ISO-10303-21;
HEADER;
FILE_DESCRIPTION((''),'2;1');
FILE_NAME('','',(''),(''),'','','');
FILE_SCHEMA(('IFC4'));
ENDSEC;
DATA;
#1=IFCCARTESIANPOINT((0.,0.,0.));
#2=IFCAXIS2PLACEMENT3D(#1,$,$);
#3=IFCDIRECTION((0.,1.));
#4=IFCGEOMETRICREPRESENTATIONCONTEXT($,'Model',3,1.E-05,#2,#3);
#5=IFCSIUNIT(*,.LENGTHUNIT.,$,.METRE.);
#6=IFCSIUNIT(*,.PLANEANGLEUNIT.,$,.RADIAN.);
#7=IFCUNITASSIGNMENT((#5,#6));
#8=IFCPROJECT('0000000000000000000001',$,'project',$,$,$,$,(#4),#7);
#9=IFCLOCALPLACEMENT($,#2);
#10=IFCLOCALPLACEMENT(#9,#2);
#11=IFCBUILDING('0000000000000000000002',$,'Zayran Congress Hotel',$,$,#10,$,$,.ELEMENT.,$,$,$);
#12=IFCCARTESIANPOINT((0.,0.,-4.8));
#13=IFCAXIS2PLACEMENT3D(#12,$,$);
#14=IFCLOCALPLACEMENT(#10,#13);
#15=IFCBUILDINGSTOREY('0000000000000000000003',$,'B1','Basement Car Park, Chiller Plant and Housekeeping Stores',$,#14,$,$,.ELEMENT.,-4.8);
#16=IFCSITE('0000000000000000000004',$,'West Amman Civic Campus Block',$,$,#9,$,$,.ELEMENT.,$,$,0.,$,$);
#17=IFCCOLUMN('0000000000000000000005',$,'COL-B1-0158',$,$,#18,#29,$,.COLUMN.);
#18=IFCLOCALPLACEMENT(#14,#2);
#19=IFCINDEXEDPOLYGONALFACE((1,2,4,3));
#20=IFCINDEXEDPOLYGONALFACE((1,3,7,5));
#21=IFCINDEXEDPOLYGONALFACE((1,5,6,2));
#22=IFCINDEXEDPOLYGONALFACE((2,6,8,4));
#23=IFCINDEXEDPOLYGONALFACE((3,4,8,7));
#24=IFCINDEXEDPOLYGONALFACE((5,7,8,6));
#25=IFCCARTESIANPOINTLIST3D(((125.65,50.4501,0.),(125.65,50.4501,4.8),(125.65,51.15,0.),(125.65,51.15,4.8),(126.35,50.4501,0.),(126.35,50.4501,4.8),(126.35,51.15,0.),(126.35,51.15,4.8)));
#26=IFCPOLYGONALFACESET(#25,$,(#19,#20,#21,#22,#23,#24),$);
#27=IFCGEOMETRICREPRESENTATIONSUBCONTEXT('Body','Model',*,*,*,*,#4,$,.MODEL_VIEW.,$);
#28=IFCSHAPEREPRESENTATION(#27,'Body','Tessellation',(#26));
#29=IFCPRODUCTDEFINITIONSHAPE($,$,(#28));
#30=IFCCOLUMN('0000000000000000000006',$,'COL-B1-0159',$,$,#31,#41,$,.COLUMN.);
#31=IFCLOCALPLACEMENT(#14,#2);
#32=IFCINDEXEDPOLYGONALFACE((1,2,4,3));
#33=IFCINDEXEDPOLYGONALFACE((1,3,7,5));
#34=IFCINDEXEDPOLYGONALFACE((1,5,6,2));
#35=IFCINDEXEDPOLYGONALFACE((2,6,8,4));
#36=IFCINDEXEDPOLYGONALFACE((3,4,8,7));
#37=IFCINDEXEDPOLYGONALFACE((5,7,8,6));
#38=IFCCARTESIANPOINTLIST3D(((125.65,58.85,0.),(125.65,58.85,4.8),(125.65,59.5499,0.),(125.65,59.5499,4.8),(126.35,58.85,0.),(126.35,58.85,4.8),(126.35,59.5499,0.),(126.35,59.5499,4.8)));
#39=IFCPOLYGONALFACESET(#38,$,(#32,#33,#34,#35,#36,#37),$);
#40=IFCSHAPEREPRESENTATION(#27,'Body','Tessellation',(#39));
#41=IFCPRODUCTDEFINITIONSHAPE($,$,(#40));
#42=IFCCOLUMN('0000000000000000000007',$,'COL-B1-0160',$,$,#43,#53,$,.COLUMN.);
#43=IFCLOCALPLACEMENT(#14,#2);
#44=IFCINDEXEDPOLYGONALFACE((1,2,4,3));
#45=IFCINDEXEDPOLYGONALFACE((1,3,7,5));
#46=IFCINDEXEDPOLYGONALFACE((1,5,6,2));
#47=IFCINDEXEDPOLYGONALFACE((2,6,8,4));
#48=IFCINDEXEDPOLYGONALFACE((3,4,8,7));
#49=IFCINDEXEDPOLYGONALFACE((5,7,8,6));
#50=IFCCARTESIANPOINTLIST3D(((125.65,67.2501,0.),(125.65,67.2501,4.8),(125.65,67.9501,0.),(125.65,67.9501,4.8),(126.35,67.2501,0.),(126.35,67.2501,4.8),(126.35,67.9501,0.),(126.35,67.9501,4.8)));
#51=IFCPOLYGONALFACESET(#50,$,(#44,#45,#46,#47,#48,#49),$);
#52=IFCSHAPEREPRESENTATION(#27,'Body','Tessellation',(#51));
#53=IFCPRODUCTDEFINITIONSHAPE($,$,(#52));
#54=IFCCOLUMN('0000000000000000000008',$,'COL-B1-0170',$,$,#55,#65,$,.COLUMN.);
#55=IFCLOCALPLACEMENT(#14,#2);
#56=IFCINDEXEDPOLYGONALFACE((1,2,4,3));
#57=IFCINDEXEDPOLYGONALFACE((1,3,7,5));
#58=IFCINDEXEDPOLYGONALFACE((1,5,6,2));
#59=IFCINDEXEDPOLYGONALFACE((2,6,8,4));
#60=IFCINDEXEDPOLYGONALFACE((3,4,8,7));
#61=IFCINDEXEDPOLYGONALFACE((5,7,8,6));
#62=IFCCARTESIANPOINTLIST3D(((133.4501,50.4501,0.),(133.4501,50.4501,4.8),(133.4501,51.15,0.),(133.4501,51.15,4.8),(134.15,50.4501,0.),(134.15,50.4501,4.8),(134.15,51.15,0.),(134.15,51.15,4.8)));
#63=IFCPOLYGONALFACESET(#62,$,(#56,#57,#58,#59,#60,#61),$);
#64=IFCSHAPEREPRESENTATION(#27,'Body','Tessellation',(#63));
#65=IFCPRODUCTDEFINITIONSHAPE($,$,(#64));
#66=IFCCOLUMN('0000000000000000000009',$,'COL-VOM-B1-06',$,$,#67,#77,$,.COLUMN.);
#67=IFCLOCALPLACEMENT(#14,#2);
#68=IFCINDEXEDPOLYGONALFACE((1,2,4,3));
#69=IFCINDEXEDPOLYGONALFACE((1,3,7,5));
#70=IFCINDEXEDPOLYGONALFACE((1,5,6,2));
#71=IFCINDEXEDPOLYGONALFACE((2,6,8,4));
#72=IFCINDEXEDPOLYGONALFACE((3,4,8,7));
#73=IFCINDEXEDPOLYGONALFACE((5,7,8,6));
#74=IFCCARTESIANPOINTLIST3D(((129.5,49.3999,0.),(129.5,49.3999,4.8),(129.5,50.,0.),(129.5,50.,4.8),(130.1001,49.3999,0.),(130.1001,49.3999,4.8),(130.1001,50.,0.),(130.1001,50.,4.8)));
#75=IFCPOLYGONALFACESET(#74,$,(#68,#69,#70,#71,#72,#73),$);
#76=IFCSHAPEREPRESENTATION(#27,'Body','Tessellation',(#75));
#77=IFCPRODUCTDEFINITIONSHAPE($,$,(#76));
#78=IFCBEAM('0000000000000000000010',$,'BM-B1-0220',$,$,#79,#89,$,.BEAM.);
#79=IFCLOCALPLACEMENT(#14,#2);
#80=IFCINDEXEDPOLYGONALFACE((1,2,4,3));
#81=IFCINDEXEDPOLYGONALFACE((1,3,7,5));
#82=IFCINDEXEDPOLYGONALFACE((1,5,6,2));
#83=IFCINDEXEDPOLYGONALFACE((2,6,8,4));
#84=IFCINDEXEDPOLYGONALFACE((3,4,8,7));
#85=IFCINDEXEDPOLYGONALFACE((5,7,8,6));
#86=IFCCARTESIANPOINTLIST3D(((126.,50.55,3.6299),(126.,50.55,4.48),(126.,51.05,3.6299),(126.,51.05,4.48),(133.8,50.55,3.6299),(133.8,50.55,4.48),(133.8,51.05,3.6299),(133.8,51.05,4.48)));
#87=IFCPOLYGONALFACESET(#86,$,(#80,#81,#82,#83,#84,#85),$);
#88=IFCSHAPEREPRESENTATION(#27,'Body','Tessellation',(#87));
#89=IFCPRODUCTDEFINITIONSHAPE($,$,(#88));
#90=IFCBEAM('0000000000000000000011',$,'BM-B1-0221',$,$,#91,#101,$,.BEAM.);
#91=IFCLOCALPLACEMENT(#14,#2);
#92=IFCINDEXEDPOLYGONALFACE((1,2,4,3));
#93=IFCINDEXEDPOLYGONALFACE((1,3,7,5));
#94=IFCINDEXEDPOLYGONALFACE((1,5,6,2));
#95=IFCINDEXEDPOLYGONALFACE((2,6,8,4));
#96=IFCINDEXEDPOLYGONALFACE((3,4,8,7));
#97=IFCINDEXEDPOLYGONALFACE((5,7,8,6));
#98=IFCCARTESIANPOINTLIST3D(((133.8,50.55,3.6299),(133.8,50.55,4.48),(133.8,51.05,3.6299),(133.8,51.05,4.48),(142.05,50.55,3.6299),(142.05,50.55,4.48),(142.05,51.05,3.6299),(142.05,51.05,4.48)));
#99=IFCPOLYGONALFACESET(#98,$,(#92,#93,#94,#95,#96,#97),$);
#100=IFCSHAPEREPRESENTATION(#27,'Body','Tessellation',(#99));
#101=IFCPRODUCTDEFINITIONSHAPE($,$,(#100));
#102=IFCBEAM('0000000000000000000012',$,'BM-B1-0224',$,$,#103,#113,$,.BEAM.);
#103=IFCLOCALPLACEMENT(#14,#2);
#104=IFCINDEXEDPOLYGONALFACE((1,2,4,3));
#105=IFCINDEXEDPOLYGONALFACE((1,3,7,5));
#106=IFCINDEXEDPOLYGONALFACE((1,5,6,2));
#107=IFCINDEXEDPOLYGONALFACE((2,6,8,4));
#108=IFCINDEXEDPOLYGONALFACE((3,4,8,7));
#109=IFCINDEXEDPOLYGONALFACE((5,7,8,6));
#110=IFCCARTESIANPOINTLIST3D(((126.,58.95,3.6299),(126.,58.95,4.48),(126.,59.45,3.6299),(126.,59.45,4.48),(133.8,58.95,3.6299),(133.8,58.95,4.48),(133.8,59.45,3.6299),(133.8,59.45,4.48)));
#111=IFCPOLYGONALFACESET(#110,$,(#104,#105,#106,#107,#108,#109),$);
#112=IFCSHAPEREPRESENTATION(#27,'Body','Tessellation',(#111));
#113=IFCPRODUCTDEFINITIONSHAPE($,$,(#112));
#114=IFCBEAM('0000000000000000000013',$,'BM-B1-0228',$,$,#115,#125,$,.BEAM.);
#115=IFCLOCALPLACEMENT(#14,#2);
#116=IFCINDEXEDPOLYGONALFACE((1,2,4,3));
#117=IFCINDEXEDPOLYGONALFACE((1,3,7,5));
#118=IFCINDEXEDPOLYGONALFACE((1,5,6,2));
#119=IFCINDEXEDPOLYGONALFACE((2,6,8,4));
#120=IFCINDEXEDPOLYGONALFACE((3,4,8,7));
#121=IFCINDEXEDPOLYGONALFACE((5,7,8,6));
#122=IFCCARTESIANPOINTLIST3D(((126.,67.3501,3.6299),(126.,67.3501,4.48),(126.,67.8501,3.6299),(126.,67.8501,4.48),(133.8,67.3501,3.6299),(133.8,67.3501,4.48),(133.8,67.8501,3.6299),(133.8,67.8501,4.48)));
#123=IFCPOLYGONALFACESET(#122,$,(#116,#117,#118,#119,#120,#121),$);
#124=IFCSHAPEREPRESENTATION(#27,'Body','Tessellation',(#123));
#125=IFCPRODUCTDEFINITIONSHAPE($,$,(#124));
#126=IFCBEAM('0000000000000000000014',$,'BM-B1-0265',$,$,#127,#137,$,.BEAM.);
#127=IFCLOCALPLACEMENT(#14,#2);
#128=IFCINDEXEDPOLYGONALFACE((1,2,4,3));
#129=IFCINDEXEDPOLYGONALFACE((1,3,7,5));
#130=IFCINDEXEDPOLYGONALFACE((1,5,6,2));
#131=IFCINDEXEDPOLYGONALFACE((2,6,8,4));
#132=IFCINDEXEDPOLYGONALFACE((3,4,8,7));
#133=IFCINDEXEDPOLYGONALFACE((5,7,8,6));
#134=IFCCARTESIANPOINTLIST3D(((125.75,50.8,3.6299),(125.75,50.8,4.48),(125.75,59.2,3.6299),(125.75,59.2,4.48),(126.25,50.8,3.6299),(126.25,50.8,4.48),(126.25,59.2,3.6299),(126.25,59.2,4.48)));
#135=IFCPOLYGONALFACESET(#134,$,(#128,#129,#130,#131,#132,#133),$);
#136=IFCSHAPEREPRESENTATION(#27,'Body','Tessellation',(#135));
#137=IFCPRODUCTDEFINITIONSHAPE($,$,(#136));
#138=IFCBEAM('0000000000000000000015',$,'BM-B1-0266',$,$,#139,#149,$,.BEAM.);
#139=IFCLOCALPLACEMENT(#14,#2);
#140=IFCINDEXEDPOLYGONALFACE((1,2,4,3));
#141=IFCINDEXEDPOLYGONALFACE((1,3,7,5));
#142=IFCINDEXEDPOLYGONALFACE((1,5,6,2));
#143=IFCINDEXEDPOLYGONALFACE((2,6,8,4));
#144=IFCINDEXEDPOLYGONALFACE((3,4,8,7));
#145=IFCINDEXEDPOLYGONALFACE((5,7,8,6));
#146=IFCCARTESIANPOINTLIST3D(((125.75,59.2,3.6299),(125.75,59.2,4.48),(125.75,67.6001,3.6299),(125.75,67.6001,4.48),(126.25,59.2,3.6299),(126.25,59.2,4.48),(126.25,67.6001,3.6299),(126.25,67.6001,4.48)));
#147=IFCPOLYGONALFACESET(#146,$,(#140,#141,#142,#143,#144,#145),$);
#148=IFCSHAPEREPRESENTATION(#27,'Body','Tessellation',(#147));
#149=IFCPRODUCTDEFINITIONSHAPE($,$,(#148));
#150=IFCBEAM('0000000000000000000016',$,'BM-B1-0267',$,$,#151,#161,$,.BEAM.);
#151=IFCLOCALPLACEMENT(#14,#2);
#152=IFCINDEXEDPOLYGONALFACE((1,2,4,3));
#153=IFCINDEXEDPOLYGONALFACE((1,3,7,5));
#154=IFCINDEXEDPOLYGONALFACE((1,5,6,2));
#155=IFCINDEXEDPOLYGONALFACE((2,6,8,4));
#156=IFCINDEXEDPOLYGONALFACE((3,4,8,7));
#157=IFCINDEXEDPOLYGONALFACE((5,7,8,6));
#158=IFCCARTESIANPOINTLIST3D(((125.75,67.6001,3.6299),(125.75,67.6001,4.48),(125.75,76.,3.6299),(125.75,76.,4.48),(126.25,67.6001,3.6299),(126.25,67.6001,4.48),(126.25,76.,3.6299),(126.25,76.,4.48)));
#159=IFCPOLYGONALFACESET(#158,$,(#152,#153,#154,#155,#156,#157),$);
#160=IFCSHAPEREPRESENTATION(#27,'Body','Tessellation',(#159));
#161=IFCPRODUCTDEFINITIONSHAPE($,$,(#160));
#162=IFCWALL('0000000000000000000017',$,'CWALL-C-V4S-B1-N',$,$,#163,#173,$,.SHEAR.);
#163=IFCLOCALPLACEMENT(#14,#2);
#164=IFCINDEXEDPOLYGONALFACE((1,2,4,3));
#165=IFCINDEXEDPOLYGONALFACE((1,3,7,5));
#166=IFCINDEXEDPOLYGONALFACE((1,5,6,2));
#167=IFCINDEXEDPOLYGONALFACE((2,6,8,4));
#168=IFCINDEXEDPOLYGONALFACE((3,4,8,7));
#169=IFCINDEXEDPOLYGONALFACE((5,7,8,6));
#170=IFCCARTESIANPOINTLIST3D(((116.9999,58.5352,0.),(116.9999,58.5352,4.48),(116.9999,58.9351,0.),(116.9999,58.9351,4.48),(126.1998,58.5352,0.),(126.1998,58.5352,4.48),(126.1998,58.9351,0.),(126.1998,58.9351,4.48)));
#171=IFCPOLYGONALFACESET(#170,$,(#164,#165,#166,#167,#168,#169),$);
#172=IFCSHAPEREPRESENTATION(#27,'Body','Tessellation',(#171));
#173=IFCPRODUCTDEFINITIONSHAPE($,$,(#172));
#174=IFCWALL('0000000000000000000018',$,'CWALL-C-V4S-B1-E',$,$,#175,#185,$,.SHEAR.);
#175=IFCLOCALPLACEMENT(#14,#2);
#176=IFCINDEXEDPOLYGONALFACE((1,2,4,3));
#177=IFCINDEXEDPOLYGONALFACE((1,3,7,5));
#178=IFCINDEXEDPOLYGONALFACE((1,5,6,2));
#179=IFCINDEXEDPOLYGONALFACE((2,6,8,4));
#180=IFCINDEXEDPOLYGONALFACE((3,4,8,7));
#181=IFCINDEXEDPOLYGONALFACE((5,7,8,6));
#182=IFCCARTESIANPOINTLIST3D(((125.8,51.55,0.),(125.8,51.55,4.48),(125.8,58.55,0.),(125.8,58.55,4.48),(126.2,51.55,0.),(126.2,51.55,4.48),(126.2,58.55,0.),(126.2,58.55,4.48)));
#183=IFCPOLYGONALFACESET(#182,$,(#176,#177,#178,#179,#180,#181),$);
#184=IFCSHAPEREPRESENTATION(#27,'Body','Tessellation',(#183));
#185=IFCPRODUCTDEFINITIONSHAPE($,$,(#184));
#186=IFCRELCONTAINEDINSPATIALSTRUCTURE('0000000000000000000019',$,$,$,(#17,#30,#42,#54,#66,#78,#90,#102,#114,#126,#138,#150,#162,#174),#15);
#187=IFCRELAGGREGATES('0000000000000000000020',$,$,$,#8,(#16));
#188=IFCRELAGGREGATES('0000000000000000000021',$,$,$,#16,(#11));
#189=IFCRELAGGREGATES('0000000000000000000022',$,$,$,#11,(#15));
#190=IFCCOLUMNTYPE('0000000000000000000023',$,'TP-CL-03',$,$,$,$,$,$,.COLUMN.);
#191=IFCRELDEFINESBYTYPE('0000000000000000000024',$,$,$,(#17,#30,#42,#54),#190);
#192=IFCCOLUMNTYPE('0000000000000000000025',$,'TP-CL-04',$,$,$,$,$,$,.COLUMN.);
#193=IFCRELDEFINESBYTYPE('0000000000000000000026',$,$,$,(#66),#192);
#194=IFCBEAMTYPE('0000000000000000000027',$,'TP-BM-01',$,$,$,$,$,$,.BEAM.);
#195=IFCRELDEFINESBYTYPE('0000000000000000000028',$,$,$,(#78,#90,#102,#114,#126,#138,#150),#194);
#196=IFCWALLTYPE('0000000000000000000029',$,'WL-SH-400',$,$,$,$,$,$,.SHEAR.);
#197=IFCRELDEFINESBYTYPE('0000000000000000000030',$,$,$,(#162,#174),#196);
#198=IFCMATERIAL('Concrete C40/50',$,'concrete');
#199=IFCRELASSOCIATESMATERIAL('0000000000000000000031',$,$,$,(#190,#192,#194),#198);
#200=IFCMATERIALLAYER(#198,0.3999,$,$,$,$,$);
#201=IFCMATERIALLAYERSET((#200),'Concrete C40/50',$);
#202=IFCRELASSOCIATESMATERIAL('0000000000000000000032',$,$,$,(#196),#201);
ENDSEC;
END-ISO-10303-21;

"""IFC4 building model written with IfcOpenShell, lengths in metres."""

from ifc_helpers import new_model, si_unit, direction, frame, frame_2d, origin, origin_2d, place, context, subcontext, project, spatial, rectangle, extrude, material, layer, layer_set, material_profile, profile_set, type_object, element, save


model = new_model("IFC4")

# Units and contexts
model_context = context("Model", 3, precision=1e-05, world=origin(), true_north=direction((0.0, 1.0)))
body_context = subcontext(model_context, "Body", "Model", "MODEL_VIEW")
ifc_project = project(units=[si_unit("LENGTHUNIT", "METRE"), si_unit("PLANEANGLEUNIT", "RADIAN")], contexts=[model_context])

# Site, building, storey
site_placement = place(None, origin())
site = spatial("IfcSite", under=ifc_project, at=site_placement, Name="West Amman Civic Campus Block", CompositionType="ELEMENT", RefElevation=0.0)
building_placement = place(site_placement, origin())
building = spatial("IfcBuilding", under=site, at=building_placement, Name="Zayran Congress Hotel", CompositionType="ELEMENT")
storey_placement = place(building_placement, frame((0.0, 0.0, -4.8)))
storey = spatial("IfcBuildingStorey", under=building, at=storey_placement, Name="B1", Description="Basement Car Park, Chiller Plant and Housekeeping Stores", CompositionType="ELEMENT", Elevation=-4.8)

# Shared definitions
ifc_material_1 = material(Name="Concrete C40/50", Category="concrete")

# Columns
ifc_material_profile_1 = material_profile(ifc_material_1, rectangle(XDim=0.7, YDim=0.7, at=origin_2d()), Name="RC 700x700")
ifc_profile_set_1 = profile_set([ifc_material_profile_1], Name="Concrete C40/50")
column_type_1 = type_object("IfcColumnType", Name="TP-CL-03", PredefinedType="COLUMN", material=ifc_profile_set_1)
for number, where, z_axis, x_axis, name in (
    (1, (126.0, 50.8, 0.0), (0.0, 0.0, 1.0), (1.0, 0.0, 0.0), "COL-B1-0158"),
    (2, (126.0, 59.2, 0.0), (0.0, 0.0, 1.0), (1.0, 0.0, 0.0), "COL-B1-0159"),
    (3, (126.0, 67.6001, 0.0), (0.0, 0.0, 1.0), (1.0, 0.0, 0.0), "COL-B1-0160"),
    (4, (133.8, 50.8, 0.0), (0.0, 0.0, 1.0), (1.0, 0.0, 0.0), "COL-B1-0170"),
):
    element("IfcColumn", number, at=place(storey_placement, frame(where, z_axis=z_axis, x_axis=x_axis)), inside=storey, type_object=column_type_1, Name=name, PredefinedType="COLUMN", context=body_context, shape_type="SweptSolid", body=[
        extrude(rectangle(XDim=0.7, YDim=0.7, at=origin_2d()), origin(), (0.0, 0.0, 1.0), 4.8),
    ])
ifc_material_profile_2 = material_profile(ifc_material_1, rectangle(XDim=0.6001, YDim=0.6001, at=origin_2d()), Name="RC 600x600")
ifc_profile_set_2 = profile_set([ifc_material_profile_2], Name="Concrete C40/50")
column_type_2 = type_object("IfcColumnType", Name="TP-CL-04", PredefinedType="COLUMN", material=ifc_profile_set_2)
column_placement = place(storey_placement, frame((129.8, 49.7, 0.0), z_axis=(0.0, 0.0, 1.0), x_axis=(1.0, 0.0, 0.0)))
element("IfcColumn", 5, at=column_placement, inside=storey, type_object=column_type_2, Name="COL-VOM-B1-06", PredefinedType="COLUMN", context=body_context, shape_type="SweptSolid", body=[
    extrude(rectangle(XDim=0.6001, YDim=0.6001, at=origin_2d()), origin(), (0.0, 0.0, 1.0), 4.8),
])

# Beams
ifc_material_profile_3 = material_profile(ifc_material_1, rectangle(XDim=0.5, YDim=0.8501, at=origin_2d()), Name="RC 500x850")
ifc_profile_set_3 = profile_set([ifc_material_profile_3], Name="Concrete C40/50")
beam_type = type_object("IfcBeamType", Name="TP-BM-01", PredefinedType="BEAM", material=ifc_profile_set_3)
beam_1_placement = place(storey_placement, frame((126.0, 50.8, 4.0549), z_axis=(1.0, 0.0, 0.0), x_axis=(0.0, 1.0, 0.0)))
element("IfcBeam", 6, at=beam_1_placement, inside=storey, type_object=beam_type, Name="BM-B1-0220", PredefinedType="BEAM", context=body_context, shape_type="SweptSolid", body=[
    extrude(rectangle(XDim=0.5, YDim=0.8501, at=origin_2d()), origin(), (0.0, 0.0, 1.0), 7.8),
])
beam_2_placement = place(storey_placement, frame((133.8, 50.8, 4.0549), z_axis=(1.0, 0.0, 0.0), x_axis=(0.0, 1.0, 0.0)))
element("IfcBeam", 7, at=beam_2_placement, inside=storey, type_object=beam_type, Name="BM-B1-0221", PredefinedType="BEAM", context=body_context, shape_type="SweptSolid", body=[
    extrude(rectangle(XDim=0.5, YDim=0.8501, at=origin_2d()), origin(), (0.0, 0.0, 1.0), 8.25),
])
for number, where, z_axis, x_axis, name in (
    (8, (126.0, 59.2, 4.0549), (1.0, 0.0, 0.0), (0.0, 1.0, 0.0), "BM-B1-0224"),
    (9, (126.0, 67.6001, 4.0549), (1.0, 0.0, 0.0), (0.0, 1.0, 0.0), "BM-B1-0228"),
):
    element("IfcBeam", number, at=place(storey_placement, frame(where, z_axis=z_axis, x_axis=x_axis)), inside=storey, type_object=beam_type, Name=name, PredefinedType="BEAM", context=body_context, shape_type="SweptSolid", body=[
        extrude(rectangle(XDim=0.5, YDim=0.8501, at=origin_2d()), origin(), (0.0, 0.0, 1.0), 7.8),
    ])
beam_3_placement = place(storey_placement, frame((126.0, 50.8, 4.0549), z_axis=(0.0, 1.0, 0.0), x_axis=(-1.0, 0.0, 0.0)))
element("IfcBeam", 10, at=beam_3_placement, inside=storey, type_object=beam_type, Name="BM-B1-0265", PredefinedType="BEAM", context=body_context, shape_type="SweptSolid", body=[
    extrude(rectangle(XDim=0.5, YDim=0.8501, at=origin_2d()), origin(), (0.0, 0.0, 1.0), 8.3999),
])
beam_4_placement = place(storey_placement, frame((126.0, 59.2, 4.0549), z_axis=(0.0, 1.0, 0.0), x_axis=(-1.0, 0.0, 0.0)))
element("IfcBeam", 11, at=beam_4_placement, inside=storey, type_object=beam_type, Name="BM-B1-0266", PredefinedType="BEAM", context=body_context, shape_type="SweptSolid", body=[
    extrude(rectangle(XDim=0.5, YDim=0.8501, at=origin_2d()), origin(), (0.0, 0.0, 1.0), 8.4001),
])
beam_5_placement = place(storey_placement, frame((126.0, 67.6001, 4.0549), z_axis=(0.0, 1.0, 0.0), x_axis=(-1.0, 0.0, 0.0)))
element("IfcBeam", 12, at=beam_5_placement, inside=storey, type_object=beam_type, Name="BM-B1-0267", PredefinedType="BEAM", context=body_context, shape_type="SweptSolid", body=[
    extrude(rectangle(XDim=0.5, YDim=0.8501, at=origin_2d()), origin(), (0.0, 0.0, 1.0), 8.3999),
])

# Walls
ifc_layer_1 = layer(ifc_material_1, 0.3999)
ifc_layer_set_1 = layer_set([ifc_layer_1], Name="Concrete C40/50")
wall_type_1 = type_object("IfcWallType", Name="WL-SH-400", PredefinedType="SHEAR", material=ifc_layer_set_1)
wall_1_placement = place(storey_placement, frame((126.2, 58.7351, 0.0), z_axis=(0.0, 0.0, 1.0), x_axis=(-1.0, 0.0, 0.0)))
element("IfcWall", 13, at=wall_1_placement, inside=storey, type_object=wall_type_1, Name="CWALL-C-V4S-B1-N", PredefinedType="SHEAR", context=body_context, shape_type="SweptSolid", body=[
    extrude(rectangle(XDim=9.2, YDim=0.3999, at=frame_2d((4.6001, 0.0))), origin(), (0.0, 0.0, 1.0), 4.48),
])
wall_2_placement = place(storey_placement, frame((126.0, 51.55, 0.0), z_axis=(0.0, 0.0, 1.0), x_axis=(0.0, 1.0, 0.0)))
element("IfcWall", 14, at=wall_2_placement, inside=storey, type_object=wall_type_1, Name="CWALL-C-V4S-B1-E", PredefinedType="SHEAR", context=body_context, shape_type="SweptSolid", body=[
    extrude(rectangle(XDim=7.0, YDim=0.3999, at=frame_2d((3.5, 0.0))), origin(), (0.0, 0.0, 1.0), 4.48),
])

save(model, "model.ifc")
